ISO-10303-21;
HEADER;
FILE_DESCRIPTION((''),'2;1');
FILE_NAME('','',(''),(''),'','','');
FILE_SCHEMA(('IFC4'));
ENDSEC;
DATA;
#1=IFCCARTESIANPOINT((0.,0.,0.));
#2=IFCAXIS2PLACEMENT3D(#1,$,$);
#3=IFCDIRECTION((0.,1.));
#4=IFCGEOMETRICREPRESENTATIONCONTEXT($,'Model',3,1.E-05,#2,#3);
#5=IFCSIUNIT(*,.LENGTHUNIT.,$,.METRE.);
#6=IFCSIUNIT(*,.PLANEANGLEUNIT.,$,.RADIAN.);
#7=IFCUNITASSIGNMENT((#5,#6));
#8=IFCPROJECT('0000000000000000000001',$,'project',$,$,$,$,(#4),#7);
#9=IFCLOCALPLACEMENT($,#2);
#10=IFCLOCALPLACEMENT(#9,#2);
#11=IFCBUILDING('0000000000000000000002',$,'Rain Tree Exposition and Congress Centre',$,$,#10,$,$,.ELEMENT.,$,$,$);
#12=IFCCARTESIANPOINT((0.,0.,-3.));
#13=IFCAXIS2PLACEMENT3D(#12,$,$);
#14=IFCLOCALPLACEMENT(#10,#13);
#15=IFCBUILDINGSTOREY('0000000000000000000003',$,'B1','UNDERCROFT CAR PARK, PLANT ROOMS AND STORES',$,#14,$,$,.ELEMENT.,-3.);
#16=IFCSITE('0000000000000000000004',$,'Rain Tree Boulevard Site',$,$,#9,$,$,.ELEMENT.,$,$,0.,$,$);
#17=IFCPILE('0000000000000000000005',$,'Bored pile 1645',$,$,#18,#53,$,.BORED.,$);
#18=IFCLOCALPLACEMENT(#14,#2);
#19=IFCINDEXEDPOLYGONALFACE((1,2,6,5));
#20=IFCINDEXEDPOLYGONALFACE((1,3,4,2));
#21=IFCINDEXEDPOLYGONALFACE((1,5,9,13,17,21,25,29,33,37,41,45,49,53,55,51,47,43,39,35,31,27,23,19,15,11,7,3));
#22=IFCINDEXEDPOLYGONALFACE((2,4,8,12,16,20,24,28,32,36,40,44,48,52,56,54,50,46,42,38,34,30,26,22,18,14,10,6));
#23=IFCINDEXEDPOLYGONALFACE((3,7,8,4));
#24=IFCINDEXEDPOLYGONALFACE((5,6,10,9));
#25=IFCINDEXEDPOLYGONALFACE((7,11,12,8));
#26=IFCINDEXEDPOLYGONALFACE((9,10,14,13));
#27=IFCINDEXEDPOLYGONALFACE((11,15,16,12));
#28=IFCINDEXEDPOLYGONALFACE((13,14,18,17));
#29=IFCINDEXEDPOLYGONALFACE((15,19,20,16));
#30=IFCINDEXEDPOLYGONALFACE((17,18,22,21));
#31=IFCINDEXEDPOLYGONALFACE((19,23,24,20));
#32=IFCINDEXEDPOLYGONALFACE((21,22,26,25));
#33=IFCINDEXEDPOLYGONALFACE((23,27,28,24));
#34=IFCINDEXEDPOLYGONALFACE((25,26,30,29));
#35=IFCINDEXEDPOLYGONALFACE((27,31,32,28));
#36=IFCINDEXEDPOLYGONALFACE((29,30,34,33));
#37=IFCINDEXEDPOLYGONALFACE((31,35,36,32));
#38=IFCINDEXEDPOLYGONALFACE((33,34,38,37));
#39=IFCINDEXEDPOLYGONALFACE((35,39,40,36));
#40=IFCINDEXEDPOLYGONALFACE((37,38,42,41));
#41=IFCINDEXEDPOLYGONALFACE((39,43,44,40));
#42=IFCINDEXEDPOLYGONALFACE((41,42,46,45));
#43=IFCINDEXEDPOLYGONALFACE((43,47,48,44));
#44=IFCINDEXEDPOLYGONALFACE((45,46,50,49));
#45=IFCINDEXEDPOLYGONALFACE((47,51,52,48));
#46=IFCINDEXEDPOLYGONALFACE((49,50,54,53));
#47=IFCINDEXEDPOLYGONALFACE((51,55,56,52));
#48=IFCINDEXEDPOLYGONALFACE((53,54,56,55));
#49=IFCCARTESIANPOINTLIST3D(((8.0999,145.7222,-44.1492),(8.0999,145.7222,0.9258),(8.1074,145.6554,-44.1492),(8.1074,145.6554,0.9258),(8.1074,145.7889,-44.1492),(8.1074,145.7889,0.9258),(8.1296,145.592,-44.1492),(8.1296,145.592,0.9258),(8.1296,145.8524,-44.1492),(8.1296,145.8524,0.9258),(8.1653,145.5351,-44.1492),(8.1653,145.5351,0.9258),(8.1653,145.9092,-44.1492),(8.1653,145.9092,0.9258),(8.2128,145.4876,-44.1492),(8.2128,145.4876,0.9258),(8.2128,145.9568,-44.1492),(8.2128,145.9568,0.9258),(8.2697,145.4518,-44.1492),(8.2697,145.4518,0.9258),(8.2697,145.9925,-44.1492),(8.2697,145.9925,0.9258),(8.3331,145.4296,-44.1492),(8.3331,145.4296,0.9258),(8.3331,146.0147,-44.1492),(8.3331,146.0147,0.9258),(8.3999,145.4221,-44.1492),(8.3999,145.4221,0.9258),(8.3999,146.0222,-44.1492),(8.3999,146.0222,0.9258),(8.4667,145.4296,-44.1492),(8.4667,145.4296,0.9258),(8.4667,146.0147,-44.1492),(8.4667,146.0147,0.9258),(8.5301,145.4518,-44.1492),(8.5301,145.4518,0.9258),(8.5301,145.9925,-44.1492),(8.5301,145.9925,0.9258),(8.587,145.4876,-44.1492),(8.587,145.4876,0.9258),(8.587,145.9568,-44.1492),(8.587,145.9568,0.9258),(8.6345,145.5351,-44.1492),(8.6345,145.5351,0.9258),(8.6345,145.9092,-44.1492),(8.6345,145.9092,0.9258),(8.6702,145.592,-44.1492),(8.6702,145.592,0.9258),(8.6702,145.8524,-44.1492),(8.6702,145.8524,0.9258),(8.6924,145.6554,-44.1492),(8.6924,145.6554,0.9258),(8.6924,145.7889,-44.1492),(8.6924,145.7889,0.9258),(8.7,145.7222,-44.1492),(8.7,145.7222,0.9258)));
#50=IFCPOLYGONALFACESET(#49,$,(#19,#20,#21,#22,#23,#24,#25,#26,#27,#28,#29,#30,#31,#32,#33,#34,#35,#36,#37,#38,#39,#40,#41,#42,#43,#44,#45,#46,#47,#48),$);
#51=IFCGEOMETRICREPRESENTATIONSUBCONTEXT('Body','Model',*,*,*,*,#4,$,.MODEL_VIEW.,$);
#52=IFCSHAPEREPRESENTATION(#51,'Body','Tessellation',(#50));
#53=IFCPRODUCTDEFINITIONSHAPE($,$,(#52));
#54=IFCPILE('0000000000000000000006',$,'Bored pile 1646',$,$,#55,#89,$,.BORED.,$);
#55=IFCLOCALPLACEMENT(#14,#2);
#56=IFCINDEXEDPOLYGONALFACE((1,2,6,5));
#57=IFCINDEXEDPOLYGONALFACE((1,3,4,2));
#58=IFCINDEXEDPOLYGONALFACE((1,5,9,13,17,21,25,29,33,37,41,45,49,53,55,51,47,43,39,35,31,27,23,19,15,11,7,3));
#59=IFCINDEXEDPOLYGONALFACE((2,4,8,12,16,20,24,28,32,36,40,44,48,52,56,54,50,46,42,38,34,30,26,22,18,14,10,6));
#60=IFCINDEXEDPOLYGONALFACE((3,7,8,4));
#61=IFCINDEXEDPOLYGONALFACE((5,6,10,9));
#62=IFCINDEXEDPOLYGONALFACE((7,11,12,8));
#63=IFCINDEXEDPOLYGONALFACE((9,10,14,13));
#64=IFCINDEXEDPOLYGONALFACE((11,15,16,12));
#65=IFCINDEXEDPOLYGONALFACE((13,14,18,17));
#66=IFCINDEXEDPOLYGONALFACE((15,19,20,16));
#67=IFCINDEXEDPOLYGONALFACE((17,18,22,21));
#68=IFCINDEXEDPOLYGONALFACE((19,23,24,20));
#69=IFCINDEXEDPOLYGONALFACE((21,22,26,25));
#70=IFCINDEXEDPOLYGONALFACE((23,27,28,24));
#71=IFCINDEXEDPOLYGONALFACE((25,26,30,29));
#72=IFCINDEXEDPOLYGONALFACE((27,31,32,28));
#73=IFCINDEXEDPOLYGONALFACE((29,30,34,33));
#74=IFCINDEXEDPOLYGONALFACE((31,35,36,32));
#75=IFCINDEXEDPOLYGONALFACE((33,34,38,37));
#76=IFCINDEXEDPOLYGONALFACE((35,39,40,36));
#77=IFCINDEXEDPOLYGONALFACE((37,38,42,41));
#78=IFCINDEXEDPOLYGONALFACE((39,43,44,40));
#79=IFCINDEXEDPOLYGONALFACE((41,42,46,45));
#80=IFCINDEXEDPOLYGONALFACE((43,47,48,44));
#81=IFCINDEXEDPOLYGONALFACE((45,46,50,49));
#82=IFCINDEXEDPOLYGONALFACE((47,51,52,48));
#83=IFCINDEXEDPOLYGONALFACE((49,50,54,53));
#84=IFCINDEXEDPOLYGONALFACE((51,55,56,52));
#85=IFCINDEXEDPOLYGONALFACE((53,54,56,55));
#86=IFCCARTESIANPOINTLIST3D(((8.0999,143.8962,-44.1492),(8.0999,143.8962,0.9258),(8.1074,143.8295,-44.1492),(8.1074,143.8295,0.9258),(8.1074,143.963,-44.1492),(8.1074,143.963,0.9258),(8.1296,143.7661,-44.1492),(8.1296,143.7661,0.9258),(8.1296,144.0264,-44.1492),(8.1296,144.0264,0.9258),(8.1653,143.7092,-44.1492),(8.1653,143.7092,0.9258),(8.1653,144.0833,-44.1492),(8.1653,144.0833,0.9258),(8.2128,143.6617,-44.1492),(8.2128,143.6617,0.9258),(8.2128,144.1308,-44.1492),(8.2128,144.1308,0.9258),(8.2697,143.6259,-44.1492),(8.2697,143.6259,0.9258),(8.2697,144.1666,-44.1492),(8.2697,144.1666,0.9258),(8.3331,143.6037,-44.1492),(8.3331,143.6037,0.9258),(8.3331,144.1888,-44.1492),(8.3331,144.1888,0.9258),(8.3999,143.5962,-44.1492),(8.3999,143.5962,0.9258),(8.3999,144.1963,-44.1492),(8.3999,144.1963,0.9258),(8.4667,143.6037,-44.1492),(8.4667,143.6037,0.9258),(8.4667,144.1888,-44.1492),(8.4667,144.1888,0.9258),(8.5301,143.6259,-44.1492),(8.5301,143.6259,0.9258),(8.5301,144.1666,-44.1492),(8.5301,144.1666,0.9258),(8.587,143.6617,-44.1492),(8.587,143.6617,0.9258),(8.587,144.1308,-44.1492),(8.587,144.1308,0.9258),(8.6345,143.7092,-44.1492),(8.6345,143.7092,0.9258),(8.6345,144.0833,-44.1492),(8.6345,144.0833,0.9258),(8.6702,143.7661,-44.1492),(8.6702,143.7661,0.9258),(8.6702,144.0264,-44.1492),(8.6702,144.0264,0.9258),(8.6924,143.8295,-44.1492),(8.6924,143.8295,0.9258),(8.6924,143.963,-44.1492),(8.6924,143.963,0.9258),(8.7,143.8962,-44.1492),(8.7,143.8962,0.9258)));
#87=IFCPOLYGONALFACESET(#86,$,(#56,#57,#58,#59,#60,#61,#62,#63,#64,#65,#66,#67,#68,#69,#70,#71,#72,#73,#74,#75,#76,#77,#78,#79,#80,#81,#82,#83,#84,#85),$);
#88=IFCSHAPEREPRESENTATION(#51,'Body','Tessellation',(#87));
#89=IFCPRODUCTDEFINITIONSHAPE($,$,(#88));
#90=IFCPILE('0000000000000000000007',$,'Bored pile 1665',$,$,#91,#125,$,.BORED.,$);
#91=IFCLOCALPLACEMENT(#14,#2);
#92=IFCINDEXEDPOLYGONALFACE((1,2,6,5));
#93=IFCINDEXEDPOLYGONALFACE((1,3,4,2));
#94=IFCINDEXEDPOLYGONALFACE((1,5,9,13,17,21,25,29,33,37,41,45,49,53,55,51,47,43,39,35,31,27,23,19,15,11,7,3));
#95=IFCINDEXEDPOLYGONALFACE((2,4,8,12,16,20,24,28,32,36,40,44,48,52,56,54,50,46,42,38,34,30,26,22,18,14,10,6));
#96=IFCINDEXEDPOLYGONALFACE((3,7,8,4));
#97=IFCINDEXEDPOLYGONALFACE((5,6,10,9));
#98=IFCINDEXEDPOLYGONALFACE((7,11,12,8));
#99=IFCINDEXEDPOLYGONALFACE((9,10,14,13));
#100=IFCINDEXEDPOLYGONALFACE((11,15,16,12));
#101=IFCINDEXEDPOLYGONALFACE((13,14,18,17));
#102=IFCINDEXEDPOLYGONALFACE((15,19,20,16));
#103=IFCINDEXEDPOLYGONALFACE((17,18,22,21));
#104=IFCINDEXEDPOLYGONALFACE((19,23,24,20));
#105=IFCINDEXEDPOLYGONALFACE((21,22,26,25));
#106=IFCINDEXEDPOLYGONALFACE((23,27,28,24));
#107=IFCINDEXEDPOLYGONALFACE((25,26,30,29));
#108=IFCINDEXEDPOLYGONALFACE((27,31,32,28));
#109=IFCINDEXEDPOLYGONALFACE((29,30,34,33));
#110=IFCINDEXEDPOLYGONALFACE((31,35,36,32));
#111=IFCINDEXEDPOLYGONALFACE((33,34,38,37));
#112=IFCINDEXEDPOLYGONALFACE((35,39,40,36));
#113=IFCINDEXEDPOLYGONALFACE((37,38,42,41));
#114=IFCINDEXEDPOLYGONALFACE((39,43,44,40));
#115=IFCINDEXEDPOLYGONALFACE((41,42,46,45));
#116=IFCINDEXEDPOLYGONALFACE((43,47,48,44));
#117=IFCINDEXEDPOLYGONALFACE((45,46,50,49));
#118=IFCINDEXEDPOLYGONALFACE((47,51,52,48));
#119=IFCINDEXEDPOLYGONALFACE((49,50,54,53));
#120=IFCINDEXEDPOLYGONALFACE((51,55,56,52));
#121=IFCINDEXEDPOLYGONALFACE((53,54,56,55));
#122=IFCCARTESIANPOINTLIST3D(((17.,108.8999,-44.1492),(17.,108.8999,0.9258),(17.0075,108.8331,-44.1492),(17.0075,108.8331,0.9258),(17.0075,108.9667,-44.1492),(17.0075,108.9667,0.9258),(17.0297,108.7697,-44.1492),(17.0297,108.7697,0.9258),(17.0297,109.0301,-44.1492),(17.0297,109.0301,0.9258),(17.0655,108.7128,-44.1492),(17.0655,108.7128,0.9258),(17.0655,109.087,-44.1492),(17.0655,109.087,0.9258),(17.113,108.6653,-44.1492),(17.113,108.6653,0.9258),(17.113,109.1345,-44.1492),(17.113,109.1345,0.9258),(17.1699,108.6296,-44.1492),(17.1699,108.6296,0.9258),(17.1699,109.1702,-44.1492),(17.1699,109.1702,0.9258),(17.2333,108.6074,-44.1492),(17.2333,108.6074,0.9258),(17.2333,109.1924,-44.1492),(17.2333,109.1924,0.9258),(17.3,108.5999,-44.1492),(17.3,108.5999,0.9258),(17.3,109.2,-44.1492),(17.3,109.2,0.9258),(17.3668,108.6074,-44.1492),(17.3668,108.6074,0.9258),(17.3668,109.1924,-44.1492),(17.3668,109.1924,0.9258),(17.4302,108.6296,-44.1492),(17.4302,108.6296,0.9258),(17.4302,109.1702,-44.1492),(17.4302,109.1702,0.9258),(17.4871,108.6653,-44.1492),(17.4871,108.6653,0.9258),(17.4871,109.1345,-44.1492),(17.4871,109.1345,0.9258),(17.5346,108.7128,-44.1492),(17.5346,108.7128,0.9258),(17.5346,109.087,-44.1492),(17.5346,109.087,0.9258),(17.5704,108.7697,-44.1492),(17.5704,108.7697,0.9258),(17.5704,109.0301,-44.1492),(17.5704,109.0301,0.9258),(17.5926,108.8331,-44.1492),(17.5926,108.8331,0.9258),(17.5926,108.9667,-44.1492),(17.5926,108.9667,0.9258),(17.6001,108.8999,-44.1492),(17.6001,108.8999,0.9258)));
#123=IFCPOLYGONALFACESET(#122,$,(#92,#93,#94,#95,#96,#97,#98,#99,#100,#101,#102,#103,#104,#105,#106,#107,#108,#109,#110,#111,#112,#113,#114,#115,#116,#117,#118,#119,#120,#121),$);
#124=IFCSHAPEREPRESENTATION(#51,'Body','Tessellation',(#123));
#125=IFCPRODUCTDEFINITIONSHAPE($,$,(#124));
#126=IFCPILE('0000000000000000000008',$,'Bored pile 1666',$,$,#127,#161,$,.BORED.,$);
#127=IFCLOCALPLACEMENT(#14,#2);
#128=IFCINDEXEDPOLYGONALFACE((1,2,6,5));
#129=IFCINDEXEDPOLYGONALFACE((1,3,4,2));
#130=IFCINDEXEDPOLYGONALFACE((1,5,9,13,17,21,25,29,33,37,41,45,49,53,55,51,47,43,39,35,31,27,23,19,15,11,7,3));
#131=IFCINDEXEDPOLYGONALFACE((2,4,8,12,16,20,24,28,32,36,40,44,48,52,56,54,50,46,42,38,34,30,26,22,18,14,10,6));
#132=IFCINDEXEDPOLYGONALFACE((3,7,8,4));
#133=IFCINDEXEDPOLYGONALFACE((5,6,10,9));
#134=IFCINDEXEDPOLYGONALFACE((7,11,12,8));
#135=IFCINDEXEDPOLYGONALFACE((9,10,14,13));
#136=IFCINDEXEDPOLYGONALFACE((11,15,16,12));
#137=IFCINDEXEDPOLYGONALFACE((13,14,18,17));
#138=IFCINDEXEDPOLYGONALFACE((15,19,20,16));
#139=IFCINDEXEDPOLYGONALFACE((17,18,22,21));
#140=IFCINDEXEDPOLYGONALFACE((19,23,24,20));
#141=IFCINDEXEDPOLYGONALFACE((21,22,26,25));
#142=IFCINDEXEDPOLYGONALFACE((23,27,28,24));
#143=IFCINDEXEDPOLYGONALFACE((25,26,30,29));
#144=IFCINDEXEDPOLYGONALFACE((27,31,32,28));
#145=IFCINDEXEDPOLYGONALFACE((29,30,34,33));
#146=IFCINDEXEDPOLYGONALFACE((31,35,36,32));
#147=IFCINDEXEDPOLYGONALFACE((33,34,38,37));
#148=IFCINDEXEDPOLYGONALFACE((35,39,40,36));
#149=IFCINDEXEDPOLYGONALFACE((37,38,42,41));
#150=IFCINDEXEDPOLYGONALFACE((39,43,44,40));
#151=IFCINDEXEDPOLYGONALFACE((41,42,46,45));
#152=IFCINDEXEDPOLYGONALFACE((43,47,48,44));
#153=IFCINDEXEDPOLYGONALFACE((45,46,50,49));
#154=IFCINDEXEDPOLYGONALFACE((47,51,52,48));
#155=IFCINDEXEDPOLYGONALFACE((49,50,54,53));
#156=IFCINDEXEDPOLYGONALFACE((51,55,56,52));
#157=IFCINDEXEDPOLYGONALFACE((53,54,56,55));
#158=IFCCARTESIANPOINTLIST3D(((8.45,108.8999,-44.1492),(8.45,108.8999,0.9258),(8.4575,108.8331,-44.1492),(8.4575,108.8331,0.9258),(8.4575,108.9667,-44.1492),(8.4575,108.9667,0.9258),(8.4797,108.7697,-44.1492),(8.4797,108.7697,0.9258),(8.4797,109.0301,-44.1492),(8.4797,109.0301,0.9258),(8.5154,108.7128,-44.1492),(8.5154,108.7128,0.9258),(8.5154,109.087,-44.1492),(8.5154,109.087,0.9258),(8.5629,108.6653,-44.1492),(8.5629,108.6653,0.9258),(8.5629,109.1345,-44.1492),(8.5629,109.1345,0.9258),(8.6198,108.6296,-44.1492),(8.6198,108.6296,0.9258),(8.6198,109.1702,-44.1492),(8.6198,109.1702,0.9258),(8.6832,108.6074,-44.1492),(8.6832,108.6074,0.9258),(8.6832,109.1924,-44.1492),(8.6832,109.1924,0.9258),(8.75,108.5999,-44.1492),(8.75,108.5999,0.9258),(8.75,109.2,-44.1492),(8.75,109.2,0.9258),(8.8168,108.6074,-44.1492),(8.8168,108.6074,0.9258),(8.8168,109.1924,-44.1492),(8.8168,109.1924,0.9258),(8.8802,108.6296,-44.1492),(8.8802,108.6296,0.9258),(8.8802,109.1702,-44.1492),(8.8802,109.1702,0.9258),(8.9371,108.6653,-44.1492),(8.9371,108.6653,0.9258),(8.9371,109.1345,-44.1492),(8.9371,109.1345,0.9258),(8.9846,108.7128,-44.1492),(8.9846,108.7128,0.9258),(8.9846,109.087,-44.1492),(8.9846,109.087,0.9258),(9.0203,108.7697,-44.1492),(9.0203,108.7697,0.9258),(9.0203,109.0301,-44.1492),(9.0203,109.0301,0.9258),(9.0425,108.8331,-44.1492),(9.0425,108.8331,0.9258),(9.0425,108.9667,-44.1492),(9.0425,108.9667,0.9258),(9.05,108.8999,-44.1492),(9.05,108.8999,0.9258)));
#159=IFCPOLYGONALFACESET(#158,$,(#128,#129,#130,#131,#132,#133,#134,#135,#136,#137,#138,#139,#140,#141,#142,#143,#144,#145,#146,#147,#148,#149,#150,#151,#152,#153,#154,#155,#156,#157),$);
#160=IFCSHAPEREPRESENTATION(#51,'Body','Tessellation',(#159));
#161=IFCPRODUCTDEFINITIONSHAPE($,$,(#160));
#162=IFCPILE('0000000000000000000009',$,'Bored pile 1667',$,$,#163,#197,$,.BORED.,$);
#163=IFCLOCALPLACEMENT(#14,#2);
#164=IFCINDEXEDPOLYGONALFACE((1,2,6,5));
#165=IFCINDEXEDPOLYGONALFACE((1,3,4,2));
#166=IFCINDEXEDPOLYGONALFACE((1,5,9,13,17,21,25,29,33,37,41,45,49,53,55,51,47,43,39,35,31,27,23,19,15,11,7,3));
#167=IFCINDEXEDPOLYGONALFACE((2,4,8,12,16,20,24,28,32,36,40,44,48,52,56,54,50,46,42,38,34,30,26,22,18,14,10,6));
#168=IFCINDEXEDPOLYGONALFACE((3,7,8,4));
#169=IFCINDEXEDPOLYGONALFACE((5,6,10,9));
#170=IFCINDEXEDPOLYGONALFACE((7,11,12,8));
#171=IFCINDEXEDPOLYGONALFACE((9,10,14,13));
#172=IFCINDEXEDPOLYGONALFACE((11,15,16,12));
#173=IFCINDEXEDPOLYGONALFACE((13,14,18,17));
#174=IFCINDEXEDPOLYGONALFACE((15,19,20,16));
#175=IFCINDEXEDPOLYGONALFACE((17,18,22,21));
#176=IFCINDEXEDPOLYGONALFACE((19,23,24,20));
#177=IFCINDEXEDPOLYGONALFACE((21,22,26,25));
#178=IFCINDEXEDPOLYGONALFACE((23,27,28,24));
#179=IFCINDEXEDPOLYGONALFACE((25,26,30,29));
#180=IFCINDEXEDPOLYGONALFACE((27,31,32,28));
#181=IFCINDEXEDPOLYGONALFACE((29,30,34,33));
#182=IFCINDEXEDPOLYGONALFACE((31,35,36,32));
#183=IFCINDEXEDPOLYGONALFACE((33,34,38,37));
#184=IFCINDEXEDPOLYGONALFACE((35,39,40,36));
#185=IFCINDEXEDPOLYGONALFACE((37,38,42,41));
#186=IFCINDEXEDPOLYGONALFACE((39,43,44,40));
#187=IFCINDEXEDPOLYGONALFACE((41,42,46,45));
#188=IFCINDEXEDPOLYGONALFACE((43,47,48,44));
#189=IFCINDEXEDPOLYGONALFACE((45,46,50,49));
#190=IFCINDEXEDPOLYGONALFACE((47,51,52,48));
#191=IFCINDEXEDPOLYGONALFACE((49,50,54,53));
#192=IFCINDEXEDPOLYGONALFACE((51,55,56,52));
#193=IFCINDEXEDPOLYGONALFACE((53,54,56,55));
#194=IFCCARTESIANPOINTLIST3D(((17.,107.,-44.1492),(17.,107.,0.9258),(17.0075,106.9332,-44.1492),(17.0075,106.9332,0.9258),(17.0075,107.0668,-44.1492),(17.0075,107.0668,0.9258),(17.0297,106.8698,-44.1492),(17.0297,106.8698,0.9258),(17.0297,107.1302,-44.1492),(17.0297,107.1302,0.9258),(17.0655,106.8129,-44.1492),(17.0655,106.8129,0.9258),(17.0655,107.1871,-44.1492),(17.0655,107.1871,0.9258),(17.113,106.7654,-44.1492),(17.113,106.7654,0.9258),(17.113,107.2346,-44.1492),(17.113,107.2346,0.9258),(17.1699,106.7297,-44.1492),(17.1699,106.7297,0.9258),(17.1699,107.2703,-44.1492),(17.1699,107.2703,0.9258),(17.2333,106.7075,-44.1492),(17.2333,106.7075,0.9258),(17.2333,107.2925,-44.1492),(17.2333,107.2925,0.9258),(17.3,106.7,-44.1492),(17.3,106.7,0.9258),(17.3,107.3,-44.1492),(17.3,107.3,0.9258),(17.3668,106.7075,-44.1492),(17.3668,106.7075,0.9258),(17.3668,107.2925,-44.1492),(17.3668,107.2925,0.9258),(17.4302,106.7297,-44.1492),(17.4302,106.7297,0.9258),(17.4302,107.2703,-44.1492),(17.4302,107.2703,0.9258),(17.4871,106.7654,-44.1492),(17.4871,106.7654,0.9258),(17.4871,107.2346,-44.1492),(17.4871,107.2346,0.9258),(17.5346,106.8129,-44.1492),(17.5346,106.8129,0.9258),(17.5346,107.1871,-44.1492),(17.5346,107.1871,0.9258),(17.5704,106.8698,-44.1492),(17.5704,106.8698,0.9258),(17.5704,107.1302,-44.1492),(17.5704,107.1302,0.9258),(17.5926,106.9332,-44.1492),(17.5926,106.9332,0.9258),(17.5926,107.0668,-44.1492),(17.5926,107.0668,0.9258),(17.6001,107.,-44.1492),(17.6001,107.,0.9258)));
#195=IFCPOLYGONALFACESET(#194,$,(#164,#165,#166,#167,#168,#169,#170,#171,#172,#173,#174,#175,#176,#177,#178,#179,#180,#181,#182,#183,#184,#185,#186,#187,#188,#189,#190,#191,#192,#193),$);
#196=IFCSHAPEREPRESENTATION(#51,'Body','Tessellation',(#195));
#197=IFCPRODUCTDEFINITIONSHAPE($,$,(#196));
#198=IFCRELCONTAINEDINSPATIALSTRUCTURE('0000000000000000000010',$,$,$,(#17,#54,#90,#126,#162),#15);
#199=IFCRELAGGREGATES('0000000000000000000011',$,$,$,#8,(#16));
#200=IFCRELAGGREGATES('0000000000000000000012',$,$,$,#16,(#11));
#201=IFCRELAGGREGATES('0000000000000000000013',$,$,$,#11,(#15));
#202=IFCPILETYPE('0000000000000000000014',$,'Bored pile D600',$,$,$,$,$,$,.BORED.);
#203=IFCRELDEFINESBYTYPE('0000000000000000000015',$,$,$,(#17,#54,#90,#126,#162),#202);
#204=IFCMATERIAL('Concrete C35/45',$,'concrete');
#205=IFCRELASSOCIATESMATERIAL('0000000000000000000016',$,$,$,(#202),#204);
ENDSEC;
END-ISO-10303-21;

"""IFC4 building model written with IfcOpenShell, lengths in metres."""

from ifc_helpers import new_model, si_unit, direction, frame, origin, origin_2d, place, context, subcontext, project, spatial, circle, extrude, material, material_profile, profile_set, type_object, element, save


model = new_model("IFC4")

# Units and contexts
model_context = context("Model", 3, precision=1e-05, world=origin(), true_north=direction((0.0, 1.0)))
body_context = subcontext(model_context, "Body", "Model", "MODEL_VIEW")
ifc_project = project(units=[si_unit("LENGTHUNIT", "METRE"), si_unit("PLANEANGLEUNIT", "RADIAN")], contexts=[model_context])

# Site, building, storey
site_placement = place(None, origin())
site = spatial("IfcSite", under=ifc_project, at=site_placement, Name="Rain Tree Boulevard Site", CompositionType="ELEMENT", RefElevation=0.0)
building_placement = place(site_placement, origin())
building = spatial("IfcBuilding", under=site, at=building_placement, Name="Rain Tree Exposition and Congress Centre", CompositionType="ELEMENT")
storey_placement = place(building_placement, frame((0.0, 0.0, -3.0)))
storey = spatial("IfcBuildingStorey", under=building, at=storey_placement, Name="B1", Description="UNDERCROFT CAR PARK, PLANT ROOMS AND STORES", CompositionType="ELEMENT", Elevation=-3.0)

# Piles
ifc_material_1 = material(Name="Concrete C35/45", Category="concrete")
ifc_material_profile_1 = material_profile(ifc_material_1, circle(Radius=0.3, at=origin_2d()), Name="D600")
ifc_profile_set_1 = profile_set([ifc_material_profile_1], Name="Concrete C35/45")
pile_type_1 = type_object("IfcPileType", Name="Bored pile D600", PredefinedType="BORED", material=ifc_profile_set_1)
for number, where, z_axis, x_axis, name in (
    (1, (8.3999, 145.7222, 0.9258), (0.0, 0.0, -1.0), (1.0, 0.0, 0.0), "Bored pile 1645"),
    (2, (8.3999, 143.8962, 0.9258), (0.0, 0.0, -1.0), (1.0, 0.0, 0.0), "Bored pile 1646"),
    (3, (17.3, 108.8999, 0.9258), (0.0, 0.0, -1.0), (1.0, 0.0, 0.0), "Bored pile 1665"),
    (4, (8.75, 108.8999, 0.9258), (0.0, 0.0, -1.0), (1.0, 0.0, 0.0), "Bored pile 1666"),
    (5, (17.3, 107.0, 0.9258), (0.0, 0.0, -1.0), (1.0, 0.0, 0.0), "Bored pile 1667"),
):
    element("IfcPile", number, at=place(storey_placement, frame(where, z_axis=z_axis, x_axis=x_axis)), inside=storey, type_object=pile_type_1, Name=name, PredefinedType="BORED", context=body_context, shape_type="SweptSolid", body=[
        extrude(circle(Radius=0.3, at=origin_2d()), origin(), (0.0, 0.0, 1.0), 45.075),
    ])

save(model, "model.ifc")
